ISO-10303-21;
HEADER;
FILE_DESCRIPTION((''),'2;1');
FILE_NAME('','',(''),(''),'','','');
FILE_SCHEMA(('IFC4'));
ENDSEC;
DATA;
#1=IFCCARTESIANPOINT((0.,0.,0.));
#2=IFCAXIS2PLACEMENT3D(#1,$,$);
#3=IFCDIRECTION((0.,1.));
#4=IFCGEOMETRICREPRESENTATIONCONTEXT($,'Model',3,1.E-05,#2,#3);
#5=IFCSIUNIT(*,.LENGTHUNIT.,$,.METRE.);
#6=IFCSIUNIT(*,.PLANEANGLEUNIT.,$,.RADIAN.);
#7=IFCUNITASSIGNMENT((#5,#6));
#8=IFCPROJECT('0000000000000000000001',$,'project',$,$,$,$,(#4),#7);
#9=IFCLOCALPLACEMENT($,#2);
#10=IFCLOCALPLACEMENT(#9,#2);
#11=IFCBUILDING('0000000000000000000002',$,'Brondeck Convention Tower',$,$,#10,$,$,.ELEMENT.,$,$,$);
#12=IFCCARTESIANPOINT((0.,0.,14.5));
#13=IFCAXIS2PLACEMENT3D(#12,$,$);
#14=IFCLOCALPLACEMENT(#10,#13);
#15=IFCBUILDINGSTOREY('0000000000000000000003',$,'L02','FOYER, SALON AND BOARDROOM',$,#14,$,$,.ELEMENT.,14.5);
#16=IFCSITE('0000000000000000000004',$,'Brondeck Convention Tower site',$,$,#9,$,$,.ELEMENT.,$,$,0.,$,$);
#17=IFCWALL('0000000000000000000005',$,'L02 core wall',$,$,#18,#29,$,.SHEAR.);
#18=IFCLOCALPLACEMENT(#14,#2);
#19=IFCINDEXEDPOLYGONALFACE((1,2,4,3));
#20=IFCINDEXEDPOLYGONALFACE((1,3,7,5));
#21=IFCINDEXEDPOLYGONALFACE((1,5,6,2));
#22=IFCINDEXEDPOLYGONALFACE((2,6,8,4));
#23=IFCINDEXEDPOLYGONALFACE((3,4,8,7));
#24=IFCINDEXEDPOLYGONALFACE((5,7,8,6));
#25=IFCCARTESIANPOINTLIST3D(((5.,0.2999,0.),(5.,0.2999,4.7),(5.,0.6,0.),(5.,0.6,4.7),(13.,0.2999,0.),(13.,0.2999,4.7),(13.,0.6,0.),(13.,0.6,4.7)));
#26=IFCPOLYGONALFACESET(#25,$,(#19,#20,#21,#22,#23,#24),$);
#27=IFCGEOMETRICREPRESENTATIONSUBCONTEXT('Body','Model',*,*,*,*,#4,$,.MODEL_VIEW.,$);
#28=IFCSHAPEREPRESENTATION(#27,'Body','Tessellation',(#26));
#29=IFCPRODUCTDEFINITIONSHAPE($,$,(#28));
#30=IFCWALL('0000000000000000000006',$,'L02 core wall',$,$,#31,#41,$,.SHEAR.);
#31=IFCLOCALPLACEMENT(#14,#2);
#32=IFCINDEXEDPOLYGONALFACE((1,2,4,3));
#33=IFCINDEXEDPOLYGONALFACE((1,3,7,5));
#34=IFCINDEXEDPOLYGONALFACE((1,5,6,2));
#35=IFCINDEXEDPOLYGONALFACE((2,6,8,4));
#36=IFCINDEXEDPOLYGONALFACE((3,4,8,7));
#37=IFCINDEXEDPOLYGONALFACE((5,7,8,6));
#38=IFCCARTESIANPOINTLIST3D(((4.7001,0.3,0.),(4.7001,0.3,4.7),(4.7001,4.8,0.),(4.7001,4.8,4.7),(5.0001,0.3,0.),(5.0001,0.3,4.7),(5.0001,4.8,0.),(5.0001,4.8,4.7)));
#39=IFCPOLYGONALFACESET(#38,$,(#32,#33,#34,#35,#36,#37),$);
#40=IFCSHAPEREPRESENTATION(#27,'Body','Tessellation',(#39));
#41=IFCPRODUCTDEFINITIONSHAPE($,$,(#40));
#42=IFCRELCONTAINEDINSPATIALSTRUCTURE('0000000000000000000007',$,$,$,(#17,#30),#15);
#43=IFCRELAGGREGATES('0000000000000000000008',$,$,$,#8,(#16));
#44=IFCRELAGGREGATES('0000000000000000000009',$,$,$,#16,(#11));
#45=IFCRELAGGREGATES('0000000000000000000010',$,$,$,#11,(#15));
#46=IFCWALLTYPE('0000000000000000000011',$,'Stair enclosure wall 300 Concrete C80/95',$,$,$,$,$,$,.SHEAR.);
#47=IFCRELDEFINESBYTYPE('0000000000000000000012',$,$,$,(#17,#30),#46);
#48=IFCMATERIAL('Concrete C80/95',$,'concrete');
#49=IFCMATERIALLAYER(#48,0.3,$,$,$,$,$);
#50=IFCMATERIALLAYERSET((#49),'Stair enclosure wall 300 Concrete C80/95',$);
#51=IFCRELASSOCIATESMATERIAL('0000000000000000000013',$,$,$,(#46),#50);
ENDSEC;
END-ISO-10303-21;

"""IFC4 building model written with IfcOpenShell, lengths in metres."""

from ifc_helpers import new_model, si_unit, direction, frame, frame_2d, origin, place, context, subcontext, project, spatial, rectangle, extrude, material, layer, layer_set, type_object, element, save


model = new_model("IFC4")

# Units and contexts
model_context = context("Model", 3, precision=1e-05, world=origin(), true_north=direction((0.0, 1.0)))
body_context = subcontext(model_context, "Body", "Model", "MODEL_VIEW")
ifc_project = project(units=[si_unit("LENGTHUNIT", "METRE"), si_unit("PLANEANGLEUNIT", "RADIAN")], contexts=[model_context])

# Site, building, storey
site_placement = place(None, origin())
site = spatial("IfcSite", under=ifc_project, at=site_placement, Name="Brondeck Convention Tower site", CompositionType="ELEMENT", RefElevation=0.0)
building_placement = place(site_placement, origin())
building = spatial("IfcBuilding", under=site, at=building_placement, Name="Brondeck Convention Tower", CompositionType="ELEMENT")
storey_placement = place(building_placement, frame((0.0, 0.0, 14.5)))
storey = spatial("IfcBuildingStorey", under=building, at=storey_placement, Name="L02", Description="FOYER, SALON AND BOARDROOM", CompositionType="ELEMENT", Elevation=14.5)

# Shared definitions
ifc_material_1 = material(Name="Concrete C80/95", Category="concrete")

# Walls
ifc_layer_1 = layer(ifc_material_1, 0.3)
ifc_layer_set_1 = layer_set([ifc_layer_1], Name="Stair enclosure wall 300 Concrete C80/95")
wall_type_1 = type_object("IfcWallType", Name="Stair enclosure wall 300 Concrete C80/95", PredefinedType="SHEAR", material=ifc_layer_set_1)
wall_1_placement = place(storey_placement, frame((5.0, 0.45, 0.0), z_axis=(0.0, 0.0, 1.0), x_axis=(1.0, 0.0, 0.0)))
element("IfcWall", 1, at=wall_1_placement, inside=storey, type_object=wall_type_1, Name="L02 core wall", PredefinedType="SHEAR", context=body_context, shape_type="SweptSolid", body=[
    extrude(rectangle(XDim=8.0, YDim=0.3, at=frame_2d((4.0, 0.0))), origin(), (0.0, 0.0, 1.0), 4.7),
])
wall_2_placement = place(storey_placement, frame((4.8501, 0.3, 0.0), z_axis=(0.0, 0.0, 1.0), x_axis=(0.0, 1.0, 0.0)))
element("IfcWall", 2, at=wall_2_placement, inside=storey, type_object=wall_type_1, Name="L02 core wall", PredefinedType="SHEAR", context=body_context, shape_type="SweptSolid", body=[
    extrude(rectangle(XDim=4.5, YDim=0.3, at=frame_2d((2.25, 0.0))), origin(), (0.0, 0.0, 1.0), 4.7),
])

save(model, "model.ifc")
